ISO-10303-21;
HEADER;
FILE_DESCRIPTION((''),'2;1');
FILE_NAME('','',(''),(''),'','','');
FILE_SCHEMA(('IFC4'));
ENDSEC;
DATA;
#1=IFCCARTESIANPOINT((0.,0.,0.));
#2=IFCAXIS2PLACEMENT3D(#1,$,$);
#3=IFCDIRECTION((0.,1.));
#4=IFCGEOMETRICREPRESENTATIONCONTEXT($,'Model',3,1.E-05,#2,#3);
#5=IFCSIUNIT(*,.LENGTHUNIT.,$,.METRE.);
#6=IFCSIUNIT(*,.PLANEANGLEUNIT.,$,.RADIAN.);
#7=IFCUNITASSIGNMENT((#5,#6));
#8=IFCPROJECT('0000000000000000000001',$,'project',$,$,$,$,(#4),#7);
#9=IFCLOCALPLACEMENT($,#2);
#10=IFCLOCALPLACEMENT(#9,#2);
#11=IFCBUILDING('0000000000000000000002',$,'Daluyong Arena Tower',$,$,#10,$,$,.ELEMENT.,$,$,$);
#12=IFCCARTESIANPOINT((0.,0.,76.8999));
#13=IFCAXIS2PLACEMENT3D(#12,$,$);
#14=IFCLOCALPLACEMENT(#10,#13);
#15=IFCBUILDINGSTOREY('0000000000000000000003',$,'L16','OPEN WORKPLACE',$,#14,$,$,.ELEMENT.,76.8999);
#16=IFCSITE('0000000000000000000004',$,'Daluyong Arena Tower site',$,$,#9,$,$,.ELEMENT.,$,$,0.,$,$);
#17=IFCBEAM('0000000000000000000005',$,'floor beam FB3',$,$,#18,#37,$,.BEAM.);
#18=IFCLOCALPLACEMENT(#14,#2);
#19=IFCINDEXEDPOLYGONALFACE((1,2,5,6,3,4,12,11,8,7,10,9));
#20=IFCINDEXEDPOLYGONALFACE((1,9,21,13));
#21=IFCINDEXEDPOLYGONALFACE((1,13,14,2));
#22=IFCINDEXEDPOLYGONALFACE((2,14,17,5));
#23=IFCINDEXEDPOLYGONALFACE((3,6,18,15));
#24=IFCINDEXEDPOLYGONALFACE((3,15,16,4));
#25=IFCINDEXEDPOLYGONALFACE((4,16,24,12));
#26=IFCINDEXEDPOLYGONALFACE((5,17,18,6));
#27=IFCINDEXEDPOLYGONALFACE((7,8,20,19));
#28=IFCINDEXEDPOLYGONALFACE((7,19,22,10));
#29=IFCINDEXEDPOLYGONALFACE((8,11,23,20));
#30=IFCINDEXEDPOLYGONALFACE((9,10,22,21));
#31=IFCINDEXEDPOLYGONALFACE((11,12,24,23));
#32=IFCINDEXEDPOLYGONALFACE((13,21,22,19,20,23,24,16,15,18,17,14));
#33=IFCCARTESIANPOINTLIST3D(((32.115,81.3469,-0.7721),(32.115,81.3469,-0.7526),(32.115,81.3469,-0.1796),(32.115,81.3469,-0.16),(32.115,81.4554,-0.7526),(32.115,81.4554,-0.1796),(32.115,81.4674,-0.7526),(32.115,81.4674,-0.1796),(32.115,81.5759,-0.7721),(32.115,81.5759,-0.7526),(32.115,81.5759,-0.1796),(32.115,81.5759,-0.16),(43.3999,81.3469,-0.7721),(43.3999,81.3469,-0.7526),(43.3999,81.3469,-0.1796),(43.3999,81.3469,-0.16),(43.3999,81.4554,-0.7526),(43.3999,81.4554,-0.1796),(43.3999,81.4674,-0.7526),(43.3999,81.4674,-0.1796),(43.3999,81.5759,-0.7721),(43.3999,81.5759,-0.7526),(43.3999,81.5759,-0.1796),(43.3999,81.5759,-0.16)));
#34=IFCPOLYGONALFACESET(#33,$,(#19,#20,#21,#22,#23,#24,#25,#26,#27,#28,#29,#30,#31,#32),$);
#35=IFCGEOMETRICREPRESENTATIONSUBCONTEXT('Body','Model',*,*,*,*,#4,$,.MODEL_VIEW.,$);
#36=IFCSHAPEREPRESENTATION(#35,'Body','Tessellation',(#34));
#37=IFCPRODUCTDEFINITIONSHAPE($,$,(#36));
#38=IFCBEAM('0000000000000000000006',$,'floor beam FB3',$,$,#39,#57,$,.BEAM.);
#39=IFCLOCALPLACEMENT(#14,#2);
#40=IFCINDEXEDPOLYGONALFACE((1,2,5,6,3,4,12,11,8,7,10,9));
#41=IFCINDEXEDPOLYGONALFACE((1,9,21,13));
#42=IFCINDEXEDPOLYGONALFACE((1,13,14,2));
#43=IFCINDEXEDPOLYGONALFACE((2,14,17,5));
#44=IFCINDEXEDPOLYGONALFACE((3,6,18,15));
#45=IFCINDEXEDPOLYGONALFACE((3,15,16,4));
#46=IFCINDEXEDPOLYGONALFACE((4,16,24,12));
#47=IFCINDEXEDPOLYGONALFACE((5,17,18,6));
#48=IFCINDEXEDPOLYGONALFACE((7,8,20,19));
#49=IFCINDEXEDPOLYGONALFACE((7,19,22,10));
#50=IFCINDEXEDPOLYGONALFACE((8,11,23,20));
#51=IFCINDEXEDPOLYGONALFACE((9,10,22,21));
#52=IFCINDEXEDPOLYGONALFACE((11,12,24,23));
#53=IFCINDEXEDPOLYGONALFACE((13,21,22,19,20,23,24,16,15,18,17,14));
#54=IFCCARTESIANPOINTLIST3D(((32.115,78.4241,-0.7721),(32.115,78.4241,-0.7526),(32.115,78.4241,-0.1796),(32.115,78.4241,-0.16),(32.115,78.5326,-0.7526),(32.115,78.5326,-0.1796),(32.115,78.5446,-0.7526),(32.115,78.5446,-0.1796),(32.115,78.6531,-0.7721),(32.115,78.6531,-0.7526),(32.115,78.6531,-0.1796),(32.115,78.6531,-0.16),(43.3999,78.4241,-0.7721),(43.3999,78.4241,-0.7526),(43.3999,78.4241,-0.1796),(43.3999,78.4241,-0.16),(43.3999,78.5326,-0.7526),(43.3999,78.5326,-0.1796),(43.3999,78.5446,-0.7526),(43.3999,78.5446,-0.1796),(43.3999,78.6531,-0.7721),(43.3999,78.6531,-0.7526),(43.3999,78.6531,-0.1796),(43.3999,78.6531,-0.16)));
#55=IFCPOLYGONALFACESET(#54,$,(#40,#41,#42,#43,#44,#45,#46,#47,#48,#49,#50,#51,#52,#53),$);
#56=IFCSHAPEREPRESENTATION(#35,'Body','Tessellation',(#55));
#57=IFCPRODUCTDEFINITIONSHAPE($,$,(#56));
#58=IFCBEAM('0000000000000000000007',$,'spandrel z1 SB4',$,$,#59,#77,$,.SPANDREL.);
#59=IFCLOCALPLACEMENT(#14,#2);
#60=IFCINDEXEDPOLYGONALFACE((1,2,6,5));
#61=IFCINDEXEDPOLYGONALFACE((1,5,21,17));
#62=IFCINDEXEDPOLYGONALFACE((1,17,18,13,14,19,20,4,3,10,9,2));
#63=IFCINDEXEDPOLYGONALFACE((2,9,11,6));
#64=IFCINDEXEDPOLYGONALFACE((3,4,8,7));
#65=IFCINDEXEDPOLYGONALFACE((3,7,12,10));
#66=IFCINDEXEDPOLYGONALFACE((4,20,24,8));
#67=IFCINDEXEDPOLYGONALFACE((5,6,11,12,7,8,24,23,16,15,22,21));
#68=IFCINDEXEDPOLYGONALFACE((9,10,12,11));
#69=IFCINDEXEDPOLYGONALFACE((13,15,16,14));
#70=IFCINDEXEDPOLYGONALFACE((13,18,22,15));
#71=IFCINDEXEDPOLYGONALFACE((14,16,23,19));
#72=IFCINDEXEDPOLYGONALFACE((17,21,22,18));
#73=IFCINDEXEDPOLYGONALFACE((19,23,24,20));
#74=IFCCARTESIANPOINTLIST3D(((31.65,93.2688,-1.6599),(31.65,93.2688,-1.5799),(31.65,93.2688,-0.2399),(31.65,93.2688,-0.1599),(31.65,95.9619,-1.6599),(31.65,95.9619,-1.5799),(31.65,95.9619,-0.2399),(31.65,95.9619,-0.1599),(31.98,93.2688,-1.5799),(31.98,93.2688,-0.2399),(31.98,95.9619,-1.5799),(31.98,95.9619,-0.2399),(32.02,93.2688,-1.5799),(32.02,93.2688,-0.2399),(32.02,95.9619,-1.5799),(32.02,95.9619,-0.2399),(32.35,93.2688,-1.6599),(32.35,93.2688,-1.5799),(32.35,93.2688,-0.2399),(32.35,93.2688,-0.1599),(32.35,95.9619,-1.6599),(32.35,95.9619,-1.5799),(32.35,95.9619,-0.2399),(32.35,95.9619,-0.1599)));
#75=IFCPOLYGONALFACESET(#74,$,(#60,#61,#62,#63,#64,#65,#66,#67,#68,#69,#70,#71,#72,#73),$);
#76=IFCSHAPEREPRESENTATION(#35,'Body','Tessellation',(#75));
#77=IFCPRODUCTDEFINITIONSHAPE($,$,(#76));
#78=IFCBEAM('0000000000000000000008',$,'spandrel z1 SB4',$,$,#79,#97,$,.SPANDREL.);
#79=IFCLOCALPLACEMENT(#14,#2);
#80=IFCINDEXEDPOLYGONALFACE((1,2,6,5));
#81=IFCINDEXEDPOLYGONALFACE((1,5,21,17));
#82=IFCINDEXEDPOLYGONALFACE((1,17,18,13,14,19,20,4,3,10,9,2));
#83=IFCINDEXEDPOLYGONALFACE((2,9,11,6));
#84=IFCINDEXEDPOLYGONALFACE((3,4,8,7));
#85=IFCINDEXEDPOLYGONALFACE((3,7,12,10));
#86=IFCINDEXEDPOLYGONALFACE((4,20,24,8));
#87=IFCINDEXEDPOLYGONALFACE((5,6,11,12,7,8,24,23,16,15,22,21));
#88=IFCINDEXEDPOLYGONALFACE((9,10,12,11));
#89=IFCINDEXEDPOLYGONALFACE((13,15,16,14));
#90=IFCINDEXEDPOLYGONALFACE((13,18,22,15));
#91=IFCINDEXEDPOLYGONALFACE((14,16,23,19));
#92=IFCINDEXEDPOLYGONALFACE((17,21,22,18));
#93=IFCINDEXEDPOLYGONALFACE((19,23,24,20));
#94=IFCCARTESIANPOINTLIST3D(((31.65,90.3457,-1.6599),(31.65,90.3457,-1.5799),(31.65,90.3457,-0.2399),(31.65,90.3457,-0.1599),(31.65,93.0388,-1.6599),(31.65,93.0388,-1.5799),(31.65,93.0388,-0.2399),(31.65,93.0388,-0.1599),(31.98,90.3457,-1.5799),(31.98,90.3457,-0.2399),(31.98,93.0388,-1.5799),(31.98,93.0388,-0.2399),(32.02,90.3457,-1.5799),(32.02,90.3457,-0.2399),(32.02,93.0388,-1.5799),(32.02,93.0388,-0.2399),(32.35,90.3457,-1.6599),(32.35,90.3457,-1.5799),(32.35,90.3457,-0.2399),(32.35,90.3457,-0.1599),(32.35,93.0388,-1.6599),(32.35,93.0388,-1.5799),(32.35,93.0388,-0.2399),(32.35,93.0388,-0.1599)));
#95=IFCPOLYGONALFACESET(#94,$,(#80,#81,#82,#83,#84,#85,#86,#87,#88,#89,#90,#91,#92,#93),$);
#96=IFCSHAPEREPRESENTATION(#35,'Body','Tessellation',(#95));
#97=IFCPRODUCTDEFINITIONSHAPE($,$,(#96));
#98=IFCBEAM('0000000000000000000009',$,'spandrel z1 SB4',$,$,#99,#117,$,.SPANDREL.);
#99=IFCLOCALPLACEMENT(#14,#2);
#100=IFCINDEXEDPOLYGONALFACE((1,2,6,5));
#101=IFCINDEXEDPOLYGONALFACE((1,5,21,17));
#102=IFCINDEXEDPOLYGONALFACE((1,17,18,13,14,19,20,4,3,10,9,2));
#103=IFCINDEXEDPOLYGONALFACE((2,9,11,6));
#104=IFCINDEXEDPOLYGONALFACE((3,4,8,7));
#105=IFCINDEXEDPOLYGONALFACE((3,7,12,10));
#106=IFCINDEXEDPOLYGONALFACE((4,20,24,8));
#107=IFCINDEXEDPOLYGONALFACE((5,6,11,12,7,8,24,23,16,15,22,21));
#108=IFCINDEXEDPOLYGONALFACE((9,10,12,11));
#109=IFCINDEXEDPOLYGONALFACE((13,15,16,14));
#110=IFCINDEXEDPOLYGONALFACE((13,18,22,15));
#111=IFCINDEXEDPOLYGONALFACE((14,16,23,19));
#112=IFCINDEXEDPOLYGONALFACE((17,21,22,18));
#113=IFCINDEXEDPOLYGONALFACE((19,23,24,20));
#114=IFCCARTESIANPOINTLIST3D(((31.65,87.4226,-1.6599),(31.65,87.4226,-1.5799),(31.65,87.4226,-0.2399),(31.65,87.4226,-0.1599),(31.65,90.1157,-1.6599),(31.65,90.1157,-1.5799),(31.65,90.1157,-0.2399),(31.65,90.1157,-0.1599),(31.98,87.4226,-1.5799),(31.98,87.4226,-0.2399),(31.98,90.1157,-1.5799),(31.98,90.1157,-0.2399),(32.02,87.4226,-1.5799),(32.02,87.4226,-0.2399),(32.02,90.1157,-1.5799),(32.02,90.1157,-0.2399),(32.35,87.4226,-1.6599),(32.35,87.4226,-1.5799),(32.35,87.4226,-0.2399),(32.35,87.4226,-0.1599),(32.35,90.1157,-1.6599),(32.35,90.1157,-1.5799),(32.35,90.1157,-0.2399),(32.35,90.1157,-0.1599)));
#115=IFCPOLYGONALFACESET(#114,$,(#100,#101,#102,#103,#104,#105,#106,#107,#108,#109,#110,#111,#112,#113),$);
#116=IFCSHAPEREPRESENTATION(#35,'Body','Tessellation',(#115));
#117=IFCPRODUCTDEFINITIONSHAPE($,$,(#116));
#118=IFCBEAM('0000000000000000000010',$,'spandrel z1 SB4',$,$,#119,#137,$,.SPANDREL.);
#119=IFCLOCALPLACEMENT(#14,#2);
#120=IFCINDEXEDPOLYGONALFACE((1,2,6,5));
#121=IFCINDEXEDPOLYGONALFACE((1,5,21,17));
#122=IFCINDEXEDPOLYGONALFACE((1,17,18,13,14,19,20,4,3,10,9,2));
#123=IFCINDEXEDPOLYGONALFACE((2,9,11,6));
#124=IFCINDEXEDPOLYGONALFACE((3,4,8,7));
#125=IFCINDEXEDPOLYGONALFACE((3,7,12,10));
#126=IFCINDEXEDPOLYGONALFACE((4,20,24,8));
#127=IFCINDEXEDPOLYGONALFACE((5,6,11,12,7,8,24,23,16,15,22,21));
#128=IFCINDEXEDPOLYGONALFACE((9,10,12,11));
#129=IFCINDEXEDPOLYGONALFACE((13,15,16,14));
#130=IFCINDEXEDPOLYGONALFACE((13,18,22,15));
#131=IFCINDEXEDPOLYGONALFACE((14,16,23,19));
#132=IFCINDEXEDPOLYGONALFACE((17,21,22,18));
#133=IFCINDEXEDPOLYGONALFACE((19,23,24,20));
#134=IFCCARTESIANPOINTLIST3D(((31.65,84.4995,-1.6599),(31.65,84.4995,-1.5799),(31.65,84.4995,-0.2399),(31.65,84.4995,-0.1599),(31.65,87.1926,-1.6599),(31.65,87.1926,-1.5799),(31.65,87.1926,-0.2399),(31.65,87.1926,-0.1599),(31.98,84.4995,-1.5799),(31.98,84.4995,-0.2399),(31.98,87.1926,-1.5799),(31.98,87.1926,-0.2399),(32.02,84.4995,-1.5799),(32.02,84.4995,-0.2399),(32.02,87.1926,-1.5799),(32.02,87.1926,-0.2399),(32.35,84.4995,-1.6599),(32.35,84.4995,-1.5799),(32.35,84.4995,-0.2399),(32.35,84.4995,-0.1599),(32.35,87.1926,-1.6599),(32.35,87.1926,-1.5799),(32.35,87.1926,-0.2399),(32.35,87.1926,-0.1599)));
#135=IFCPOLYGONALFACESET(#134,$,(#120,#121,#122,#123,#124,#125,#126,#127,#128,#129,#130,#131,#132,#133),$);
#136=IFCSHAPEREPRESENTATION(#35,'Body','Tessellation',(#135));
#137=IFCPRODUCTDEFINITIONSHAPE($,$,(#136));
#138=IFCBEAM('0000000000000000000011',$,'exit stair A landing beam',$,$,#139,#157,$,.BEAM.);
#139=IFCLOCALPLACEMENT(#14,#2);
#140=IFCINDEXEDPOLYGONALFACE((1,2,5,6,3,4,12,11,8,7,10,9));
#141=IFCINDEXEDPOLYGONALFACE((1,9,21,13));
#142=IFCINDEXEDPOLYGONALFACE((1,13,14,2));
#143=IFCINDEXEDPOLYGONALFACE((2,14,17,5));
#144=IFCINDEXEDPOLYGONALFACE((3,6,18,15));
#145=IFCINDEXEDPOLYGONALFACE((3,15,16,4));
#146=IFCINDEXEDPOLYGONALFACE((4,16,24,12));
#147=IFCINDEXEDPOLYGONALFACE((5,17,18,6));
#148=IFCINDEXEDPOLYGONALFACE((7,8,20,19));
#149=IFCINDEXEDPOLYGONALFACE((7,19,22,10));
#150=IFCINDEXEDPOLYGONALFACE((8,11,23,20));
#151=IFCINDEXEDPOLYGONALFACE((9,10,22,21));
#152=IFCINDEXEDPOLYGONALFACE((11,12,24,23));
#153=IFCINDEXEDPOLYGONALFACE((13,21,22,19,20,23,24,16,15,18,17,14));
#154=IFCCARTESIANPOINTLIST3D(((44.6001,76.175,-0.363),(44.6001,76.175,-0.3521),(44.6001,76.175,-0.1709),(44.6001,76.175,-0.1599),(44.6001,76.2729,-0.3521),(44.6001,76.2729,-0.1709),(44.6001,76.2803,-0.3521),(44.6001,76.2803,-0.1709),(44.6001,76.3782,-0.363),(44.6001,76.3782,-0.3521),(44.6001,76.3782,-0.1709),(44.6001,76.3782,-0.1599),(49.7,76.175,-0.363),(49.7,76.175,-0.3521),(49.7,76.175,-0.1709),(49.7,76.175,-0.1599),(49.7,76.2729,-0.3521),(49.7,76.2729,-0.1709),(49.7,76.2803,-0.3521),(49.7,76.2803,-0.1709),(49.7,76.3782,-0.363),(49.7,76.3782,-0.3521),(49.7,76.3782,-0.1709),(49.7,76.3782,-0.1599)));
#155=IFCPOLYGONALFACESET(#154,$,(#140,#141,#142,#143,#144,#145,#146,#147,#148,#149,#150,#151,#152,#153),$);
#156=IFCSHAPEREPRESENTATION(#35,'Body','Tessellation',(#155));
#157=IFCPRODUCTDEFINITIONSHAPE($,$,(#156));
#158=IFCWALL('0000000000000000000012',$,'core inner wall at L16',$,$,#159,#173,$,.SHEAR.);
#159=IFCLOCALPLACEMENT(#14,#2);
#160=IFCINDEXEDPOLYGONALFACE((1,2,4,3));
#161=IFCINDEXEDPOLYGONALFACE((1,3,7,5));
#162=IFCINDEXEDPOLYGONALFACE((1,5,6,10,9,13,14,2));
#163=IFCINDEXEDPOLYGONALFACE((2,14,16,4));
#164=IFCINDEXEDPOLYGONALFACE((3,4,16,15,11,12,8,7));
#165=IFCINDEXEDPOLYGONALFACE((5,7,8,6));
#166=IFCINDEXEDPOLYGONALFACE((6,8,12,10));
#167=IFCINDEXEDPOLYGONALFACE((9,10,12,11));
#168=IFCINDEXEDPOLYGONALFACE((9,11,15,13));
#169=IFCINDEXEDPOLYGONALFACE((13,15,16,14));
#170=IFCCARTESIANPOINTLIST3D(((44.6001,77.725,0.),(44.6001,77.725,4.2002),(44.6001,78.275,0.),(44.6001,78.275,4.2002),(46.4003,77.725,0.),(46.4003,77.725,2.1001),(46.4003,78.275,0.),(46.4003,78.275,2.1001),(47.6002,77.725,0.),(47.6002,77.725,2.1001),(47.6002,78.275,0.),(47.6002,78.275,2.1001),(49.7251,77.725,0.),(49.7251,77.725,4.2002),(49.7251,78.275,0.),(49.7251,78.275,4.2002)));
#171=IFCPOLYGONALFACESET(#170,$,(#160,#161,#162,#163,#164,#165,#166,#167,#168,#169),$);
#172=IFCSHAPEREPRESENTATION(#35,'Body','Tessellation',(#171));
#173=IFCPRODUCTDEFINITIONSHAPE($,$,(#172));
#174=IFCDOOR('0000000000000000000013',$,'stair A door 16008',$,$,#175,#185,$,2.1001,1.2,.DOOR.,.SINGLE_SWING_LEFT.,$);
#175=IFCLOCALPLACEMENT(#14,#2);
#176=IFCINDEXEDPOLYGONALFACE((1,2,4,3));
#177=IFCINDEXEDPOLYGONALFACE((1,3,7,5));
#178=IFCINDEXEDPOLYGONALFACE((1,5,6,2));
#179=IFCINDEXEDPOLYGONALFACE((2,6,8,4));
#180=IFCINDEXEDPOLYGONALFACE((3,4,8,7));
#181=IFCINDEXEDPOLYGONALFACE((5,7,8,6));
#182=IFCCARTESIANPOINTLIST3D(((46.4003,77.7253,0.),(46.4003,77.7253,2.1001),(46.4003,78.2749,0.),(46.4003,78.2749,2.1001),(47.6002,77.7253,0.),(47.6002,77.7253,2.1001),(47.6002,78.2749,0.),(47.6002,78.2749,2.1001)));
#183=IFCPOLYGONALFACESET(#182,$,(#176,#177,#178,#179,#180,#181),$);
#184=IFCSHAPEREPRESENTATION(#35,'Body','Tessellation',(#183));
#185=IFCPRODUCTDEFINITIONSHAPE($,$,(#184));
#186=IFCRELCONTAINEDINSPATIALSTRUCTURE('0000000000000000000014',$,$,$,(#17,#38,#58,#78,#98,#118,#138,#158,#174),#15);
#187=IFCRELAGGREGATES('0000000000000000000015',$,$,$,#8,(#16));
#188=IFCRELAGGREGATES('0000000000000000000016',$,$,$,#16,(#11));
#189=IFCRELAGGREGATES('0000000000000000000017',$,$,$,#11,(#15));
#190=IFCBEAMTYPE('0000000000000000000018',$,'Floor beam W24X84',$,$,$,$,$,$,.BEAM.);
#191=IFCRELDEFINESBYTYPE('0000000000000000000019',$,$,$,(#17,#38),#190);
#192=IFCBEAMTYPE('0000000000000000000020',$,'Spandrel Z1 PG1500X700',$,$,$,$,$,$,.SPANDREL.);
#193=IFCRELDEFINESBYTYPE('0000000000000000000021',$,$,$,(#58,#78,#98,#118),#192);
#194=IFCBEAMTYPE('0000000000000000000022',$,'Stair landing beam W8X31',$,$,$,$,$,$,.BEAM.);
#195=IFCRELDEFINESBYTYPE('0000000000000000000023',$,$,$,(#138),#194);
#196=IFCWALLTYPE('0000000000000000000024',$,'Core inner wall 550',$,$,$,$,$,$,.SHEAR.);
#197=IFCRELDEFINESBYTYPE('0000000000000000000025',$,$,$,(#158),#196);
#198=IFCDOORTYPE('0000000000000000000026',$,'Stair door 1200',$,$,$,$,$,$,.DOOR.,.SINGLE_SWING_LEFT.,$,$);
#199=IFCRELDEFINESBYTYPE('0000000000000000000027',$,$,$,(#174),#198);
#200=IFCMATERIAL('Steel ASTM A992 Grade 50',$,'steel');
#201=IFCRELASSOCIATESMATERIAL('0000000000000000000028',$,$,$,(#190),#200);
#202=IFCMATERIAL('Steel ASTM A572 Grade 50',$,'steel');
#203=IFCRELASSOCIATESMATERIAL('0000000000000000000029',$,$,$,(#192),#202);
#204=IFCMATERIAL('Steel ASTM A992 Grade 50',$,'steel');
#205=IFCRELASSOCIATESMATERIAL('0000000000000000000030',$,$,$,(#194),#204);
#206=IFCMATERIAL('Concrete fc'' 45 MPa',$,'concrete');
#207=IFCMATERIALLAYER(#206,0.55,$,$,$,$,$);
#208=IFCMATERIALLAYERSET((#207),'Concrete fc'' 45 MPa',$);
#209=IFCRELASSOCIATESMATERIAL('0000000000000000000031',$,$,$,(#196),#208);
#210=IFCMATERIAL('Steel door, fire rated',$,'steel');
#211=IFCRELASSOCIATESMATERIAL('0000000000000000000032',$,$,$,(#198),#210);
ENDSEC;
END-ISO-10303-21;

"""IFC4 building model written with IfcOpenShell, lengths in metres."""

from ifc_helpers import new_model, si_unit, direction, frame, frame_2d, origin, origin_2d, place, context, subcontext, project, spatial, rectangle, i_section, extrude, material, layer, layer_set, material_profile, profile_set, type_object, element, fill, save


model = new_model("IFC4")

# Units and contexts
model_context = context("Model", 3, precision=1e-05, world=origin(), true_north=direction((0.0, 1.0)))
body_context = subcontext(model_context, "Body", "Model", "MODEL_VIEW")
ifc_project = project(units=[si_unit("LENGTHUNIT", "METRE"), si_unit("PLANEANGLEUNIT", "RADIAN")], contexts=[model_context])

# Site, building, storey
site_placement = place(None, origin())
site = spatial("IfcSite", under=ifc_project, at=site_placement, Name="Daluyong Arena Tower site", CompositionType="ELEMENT", RefElevation=0.0)
building_placement = place(site_placement, origin())
building = spatial("IfcBuilding", under=site, at=building_placement, Name="Daluyong Arena Tower", CompositionType="ELEMENT")
storey_placement = place(building_placement, frame((0.0, 0.0, 76.8999)))
storey = spatial("IfcBuildingStorey", under=building, at=storey_placement, Name="L16", Description="OPEN WORKPLACE", CompositionType="ELEMENT", Elevation=76.8999)

# Beams
ifc_material_1 = material(Name="Steel ASTM A992 Grade 50", Category="steel")
ifc_material_profile_1 = material_profile(ifc_material_1, i_section(OverallWidth=0.229, OverallDepth=0.6121, WebThickness=0.012, FlangeThickness=0.0195, at=origin_2d()))
ifc_profile_set_1 = profile_set([ifc_material_profile_1], Name="Steel ASTM A992 Grade 50")
beam_type_1 = type_object("IfcBeamType", Name="Floor beam W24X84", PredefinedType="BEAM", material=ifc_profile_set_1)
for number, where, z_axis, x_axis, name in (
    (1, (32.115, 81.4614, -0.4661), (1.0, 0.0, 0.0), (0.0, 1.0, 0.0), "floor beam FB3"),
    (2, (32.115, 78.5386, -0.4661), (1.0, 0.0, 0.0), (0.0, 1.0, 0.0), "floor beam FB3"),
):
    element("IfcBeam", number, at=place(storey_placement, frame(where, z_axis=z_axis, x_axis=x_axis)), inside=storey, type_object=beam_type_1, Name=name, PredefinedType="BEAM", context=body_context, shape_type="SweptSolid", body=[
        extrude(i_section(OverallWidth=0.229, OverallDepth=0.6121, WebThickness=0.012, FlangeThickness=0.0195, at=origin_2d()), origin(), (0.0, 0.0, 1.0), 11.2849),
    ])
ifc_material_2 = material(Name="Steel ASTM A572 Grade 50", Category="steel")
ifc_material_profile_2 = material_profile(ifc_material_2, i_section(OverallWidth=0.7, OverallDepth=1.5, WebThickness=0.04, FlangeThickness=0.08, at=origin_2d()))
ifc_profile_set_2 = profile_set([ifc_material_profile_2], Name="Steel ASTM A572 Grade 50")
beam_type_2 = type_object("IfcBeamType", Name="Spandrel Z1 PG1500X700", PredefinedType="SPANDREL", material=ifc_profile_set_2)
for number, where, z_axis, x_axis, name in (
    (3, (32.0, 95.9619, -0.9099), (0.0, -1.0, 0.0), (1.0, 0.0, 0.0), "spandrel z1 SB4"),
    (4, (32.0, 93.0388, -0.9099), (0.0, -1.0, 0.0), (1.0, 0.0, 0.0), "spandrel z1 SB4"),
    (5, (32.0, 90.1157, -0.9099), (0.0, -1.0, 0.0), (1.0, 0.0, 0.0), "spandrel z1 SB4"),
    (6, (32.0, 87.1926, -0.9099), (0.0, -1.0, 0.0), (1.0, 0.0, 0.0), "spandrel z1 SB4"),
):
    element("IfcBeam", number, at=place(storey_placement, frame(where, z_axis=z_axis, x_axis=x_axis)), inside=storey, type_object=beam_type_2, Name=name, PredefinedType="SPANDREL", context=body_context, shape_type="SweptSolid", body=[
        extrude(i_section(OverallWidth=0.7, OverallDepth=1.5, WebThickness=0.04, FlangeThickness=0.08, at=origin_2d()), origin(), (0.0, 0.0, 1.0), 2.6931),
    ])
ifc_material_3 = material(Name="Steel ASTM A992 Grade 50", Category="steel")
ifc_material_profile_3 = material_profile(ifc_material_3, i_section(OverallWidth=0.2031, OverallDepth=0.2031, WebThickness=0.0073, FlangeThickness=0.011, at=origin_2d()))
ifc_profile_set_3 = profile_set([ifc_material_profile_3], Name="Steel ASTM A992 Grade 50")
beam_type_3 = type_object("IfcBeamType", Name="Stair landing beam W8X31", PredefinedType="BEAM", material=ifc_profile_set_3)
beam_1_placement = place(storey_placement, frame((44.6001, 76.2766, -0.2615), z_axis=(1.0, 0.0, 0.0), x_axis=(0.0, 1.0, 0.0)))
element("IfcBeam", 7, at=beam_1_placement, inside=storey, type_object=beam_type_3, Name="exit stair A landing beam", PredefinedType="BEAM", context=body_context, shape_type="SweptSolid", body=[
    extrude(i_section(OverallWidth=0.2031, OverallDepth=0.2031, WebThickness=0.0073, FlangeThickness=0.011, at=origin_2d()), origin(), (0.0, 0.0, 1.0), 5.0999),
])

# Wall, opening, door
ifc_material_4 = material(Name="Concrete fc' 45 MPa", Category="concrete")
ifc_layer_1 = layer(ifc_material_4, 0.55)
ifc_layer_set_1 = layer_set([ifc_layer_1], Name="Concrete fc' 45 MPa")
wall_type_1 = type_object("IfcWallType", Name="Core inner wall 550", PredefinedType="SHEAR", material=ifc_layer_set_1)
wall_1_placement = place(storey_placement, frame((44.6001, 78.0, 0.0), z_axis=(0.0, 0.0, 1.0), x_axis=(1.0, 0.0, 0.0)))
wall_1 = element("IfcWall", 8, at=wall_1_placement, inside=storey, type_object=wall_type_1, Name="core inner wall at L16", PredefinedType="SHEAR", context=body_context, shape_type="SweptSolid", body=[
    extrude(rectangle(XDim=5.125, YDim=0.55, at=frame_2d((2.5625, 0.0))), origin(), (0.0, 0.0, 1.0), 4.2002),
])
opening_1_placement = place(wall_1_placement, frame((1.8, 0.0, 0.0)))
opening_1 = element("IfcOpeningElement", 9, at=opening_1_placement, cuts=wall_1, PredefinedType="OPENING", context=body_context, shape_type="SweptSolid", body=[
    extrude(rectangle(XDim=1.2, YDim=2.1001, at=frame_2d((0.6001, 1.05))), frame((0.0, 0.2849, 0.0), z_axis=(0.0, -1.0, 0.0), x_axis=(1.0, 0.0, 0.0)), (0.0, 0.0, 1.0), 0.5701),
])
ifc_material_5 = material(Name="Steel door, fire rated", Category="steel")
door_type_1 = type_object("IfcDoorType", Name="Stair door 1200", OperationType="SINGLE_SWING_LEFT", PredefinedType="DOOR", material=ifc_material_5)
door_1_placement = place(opening_1_placement, origin())
door_1 = element("IfcDoor", 10, at=door_1_placement, inside=storey, type_object=door_type_1, Name="stair A door 16008", OperationType="SINGLE_SWING_LEFT", OverallHeight=2.1001, OverallWidth=1.2, PredefinedType="DOOR", context=body_context, shape_type="SweptSolid", body=[
    extrude(rectangle(XDim=1.2, YDim=2.1001, at=frame_2d((0.6001, 1.05))), frame((0.0, 0.2749, 0.0), z_axis=(0.0, -1.0, 0.0), x_axis=(1.0, 0.0, 0.0)), (0.0, 0.0, 1.0), 0.5496),
])
fill(opening_1, door_1)

save(model, "model.ifc")
